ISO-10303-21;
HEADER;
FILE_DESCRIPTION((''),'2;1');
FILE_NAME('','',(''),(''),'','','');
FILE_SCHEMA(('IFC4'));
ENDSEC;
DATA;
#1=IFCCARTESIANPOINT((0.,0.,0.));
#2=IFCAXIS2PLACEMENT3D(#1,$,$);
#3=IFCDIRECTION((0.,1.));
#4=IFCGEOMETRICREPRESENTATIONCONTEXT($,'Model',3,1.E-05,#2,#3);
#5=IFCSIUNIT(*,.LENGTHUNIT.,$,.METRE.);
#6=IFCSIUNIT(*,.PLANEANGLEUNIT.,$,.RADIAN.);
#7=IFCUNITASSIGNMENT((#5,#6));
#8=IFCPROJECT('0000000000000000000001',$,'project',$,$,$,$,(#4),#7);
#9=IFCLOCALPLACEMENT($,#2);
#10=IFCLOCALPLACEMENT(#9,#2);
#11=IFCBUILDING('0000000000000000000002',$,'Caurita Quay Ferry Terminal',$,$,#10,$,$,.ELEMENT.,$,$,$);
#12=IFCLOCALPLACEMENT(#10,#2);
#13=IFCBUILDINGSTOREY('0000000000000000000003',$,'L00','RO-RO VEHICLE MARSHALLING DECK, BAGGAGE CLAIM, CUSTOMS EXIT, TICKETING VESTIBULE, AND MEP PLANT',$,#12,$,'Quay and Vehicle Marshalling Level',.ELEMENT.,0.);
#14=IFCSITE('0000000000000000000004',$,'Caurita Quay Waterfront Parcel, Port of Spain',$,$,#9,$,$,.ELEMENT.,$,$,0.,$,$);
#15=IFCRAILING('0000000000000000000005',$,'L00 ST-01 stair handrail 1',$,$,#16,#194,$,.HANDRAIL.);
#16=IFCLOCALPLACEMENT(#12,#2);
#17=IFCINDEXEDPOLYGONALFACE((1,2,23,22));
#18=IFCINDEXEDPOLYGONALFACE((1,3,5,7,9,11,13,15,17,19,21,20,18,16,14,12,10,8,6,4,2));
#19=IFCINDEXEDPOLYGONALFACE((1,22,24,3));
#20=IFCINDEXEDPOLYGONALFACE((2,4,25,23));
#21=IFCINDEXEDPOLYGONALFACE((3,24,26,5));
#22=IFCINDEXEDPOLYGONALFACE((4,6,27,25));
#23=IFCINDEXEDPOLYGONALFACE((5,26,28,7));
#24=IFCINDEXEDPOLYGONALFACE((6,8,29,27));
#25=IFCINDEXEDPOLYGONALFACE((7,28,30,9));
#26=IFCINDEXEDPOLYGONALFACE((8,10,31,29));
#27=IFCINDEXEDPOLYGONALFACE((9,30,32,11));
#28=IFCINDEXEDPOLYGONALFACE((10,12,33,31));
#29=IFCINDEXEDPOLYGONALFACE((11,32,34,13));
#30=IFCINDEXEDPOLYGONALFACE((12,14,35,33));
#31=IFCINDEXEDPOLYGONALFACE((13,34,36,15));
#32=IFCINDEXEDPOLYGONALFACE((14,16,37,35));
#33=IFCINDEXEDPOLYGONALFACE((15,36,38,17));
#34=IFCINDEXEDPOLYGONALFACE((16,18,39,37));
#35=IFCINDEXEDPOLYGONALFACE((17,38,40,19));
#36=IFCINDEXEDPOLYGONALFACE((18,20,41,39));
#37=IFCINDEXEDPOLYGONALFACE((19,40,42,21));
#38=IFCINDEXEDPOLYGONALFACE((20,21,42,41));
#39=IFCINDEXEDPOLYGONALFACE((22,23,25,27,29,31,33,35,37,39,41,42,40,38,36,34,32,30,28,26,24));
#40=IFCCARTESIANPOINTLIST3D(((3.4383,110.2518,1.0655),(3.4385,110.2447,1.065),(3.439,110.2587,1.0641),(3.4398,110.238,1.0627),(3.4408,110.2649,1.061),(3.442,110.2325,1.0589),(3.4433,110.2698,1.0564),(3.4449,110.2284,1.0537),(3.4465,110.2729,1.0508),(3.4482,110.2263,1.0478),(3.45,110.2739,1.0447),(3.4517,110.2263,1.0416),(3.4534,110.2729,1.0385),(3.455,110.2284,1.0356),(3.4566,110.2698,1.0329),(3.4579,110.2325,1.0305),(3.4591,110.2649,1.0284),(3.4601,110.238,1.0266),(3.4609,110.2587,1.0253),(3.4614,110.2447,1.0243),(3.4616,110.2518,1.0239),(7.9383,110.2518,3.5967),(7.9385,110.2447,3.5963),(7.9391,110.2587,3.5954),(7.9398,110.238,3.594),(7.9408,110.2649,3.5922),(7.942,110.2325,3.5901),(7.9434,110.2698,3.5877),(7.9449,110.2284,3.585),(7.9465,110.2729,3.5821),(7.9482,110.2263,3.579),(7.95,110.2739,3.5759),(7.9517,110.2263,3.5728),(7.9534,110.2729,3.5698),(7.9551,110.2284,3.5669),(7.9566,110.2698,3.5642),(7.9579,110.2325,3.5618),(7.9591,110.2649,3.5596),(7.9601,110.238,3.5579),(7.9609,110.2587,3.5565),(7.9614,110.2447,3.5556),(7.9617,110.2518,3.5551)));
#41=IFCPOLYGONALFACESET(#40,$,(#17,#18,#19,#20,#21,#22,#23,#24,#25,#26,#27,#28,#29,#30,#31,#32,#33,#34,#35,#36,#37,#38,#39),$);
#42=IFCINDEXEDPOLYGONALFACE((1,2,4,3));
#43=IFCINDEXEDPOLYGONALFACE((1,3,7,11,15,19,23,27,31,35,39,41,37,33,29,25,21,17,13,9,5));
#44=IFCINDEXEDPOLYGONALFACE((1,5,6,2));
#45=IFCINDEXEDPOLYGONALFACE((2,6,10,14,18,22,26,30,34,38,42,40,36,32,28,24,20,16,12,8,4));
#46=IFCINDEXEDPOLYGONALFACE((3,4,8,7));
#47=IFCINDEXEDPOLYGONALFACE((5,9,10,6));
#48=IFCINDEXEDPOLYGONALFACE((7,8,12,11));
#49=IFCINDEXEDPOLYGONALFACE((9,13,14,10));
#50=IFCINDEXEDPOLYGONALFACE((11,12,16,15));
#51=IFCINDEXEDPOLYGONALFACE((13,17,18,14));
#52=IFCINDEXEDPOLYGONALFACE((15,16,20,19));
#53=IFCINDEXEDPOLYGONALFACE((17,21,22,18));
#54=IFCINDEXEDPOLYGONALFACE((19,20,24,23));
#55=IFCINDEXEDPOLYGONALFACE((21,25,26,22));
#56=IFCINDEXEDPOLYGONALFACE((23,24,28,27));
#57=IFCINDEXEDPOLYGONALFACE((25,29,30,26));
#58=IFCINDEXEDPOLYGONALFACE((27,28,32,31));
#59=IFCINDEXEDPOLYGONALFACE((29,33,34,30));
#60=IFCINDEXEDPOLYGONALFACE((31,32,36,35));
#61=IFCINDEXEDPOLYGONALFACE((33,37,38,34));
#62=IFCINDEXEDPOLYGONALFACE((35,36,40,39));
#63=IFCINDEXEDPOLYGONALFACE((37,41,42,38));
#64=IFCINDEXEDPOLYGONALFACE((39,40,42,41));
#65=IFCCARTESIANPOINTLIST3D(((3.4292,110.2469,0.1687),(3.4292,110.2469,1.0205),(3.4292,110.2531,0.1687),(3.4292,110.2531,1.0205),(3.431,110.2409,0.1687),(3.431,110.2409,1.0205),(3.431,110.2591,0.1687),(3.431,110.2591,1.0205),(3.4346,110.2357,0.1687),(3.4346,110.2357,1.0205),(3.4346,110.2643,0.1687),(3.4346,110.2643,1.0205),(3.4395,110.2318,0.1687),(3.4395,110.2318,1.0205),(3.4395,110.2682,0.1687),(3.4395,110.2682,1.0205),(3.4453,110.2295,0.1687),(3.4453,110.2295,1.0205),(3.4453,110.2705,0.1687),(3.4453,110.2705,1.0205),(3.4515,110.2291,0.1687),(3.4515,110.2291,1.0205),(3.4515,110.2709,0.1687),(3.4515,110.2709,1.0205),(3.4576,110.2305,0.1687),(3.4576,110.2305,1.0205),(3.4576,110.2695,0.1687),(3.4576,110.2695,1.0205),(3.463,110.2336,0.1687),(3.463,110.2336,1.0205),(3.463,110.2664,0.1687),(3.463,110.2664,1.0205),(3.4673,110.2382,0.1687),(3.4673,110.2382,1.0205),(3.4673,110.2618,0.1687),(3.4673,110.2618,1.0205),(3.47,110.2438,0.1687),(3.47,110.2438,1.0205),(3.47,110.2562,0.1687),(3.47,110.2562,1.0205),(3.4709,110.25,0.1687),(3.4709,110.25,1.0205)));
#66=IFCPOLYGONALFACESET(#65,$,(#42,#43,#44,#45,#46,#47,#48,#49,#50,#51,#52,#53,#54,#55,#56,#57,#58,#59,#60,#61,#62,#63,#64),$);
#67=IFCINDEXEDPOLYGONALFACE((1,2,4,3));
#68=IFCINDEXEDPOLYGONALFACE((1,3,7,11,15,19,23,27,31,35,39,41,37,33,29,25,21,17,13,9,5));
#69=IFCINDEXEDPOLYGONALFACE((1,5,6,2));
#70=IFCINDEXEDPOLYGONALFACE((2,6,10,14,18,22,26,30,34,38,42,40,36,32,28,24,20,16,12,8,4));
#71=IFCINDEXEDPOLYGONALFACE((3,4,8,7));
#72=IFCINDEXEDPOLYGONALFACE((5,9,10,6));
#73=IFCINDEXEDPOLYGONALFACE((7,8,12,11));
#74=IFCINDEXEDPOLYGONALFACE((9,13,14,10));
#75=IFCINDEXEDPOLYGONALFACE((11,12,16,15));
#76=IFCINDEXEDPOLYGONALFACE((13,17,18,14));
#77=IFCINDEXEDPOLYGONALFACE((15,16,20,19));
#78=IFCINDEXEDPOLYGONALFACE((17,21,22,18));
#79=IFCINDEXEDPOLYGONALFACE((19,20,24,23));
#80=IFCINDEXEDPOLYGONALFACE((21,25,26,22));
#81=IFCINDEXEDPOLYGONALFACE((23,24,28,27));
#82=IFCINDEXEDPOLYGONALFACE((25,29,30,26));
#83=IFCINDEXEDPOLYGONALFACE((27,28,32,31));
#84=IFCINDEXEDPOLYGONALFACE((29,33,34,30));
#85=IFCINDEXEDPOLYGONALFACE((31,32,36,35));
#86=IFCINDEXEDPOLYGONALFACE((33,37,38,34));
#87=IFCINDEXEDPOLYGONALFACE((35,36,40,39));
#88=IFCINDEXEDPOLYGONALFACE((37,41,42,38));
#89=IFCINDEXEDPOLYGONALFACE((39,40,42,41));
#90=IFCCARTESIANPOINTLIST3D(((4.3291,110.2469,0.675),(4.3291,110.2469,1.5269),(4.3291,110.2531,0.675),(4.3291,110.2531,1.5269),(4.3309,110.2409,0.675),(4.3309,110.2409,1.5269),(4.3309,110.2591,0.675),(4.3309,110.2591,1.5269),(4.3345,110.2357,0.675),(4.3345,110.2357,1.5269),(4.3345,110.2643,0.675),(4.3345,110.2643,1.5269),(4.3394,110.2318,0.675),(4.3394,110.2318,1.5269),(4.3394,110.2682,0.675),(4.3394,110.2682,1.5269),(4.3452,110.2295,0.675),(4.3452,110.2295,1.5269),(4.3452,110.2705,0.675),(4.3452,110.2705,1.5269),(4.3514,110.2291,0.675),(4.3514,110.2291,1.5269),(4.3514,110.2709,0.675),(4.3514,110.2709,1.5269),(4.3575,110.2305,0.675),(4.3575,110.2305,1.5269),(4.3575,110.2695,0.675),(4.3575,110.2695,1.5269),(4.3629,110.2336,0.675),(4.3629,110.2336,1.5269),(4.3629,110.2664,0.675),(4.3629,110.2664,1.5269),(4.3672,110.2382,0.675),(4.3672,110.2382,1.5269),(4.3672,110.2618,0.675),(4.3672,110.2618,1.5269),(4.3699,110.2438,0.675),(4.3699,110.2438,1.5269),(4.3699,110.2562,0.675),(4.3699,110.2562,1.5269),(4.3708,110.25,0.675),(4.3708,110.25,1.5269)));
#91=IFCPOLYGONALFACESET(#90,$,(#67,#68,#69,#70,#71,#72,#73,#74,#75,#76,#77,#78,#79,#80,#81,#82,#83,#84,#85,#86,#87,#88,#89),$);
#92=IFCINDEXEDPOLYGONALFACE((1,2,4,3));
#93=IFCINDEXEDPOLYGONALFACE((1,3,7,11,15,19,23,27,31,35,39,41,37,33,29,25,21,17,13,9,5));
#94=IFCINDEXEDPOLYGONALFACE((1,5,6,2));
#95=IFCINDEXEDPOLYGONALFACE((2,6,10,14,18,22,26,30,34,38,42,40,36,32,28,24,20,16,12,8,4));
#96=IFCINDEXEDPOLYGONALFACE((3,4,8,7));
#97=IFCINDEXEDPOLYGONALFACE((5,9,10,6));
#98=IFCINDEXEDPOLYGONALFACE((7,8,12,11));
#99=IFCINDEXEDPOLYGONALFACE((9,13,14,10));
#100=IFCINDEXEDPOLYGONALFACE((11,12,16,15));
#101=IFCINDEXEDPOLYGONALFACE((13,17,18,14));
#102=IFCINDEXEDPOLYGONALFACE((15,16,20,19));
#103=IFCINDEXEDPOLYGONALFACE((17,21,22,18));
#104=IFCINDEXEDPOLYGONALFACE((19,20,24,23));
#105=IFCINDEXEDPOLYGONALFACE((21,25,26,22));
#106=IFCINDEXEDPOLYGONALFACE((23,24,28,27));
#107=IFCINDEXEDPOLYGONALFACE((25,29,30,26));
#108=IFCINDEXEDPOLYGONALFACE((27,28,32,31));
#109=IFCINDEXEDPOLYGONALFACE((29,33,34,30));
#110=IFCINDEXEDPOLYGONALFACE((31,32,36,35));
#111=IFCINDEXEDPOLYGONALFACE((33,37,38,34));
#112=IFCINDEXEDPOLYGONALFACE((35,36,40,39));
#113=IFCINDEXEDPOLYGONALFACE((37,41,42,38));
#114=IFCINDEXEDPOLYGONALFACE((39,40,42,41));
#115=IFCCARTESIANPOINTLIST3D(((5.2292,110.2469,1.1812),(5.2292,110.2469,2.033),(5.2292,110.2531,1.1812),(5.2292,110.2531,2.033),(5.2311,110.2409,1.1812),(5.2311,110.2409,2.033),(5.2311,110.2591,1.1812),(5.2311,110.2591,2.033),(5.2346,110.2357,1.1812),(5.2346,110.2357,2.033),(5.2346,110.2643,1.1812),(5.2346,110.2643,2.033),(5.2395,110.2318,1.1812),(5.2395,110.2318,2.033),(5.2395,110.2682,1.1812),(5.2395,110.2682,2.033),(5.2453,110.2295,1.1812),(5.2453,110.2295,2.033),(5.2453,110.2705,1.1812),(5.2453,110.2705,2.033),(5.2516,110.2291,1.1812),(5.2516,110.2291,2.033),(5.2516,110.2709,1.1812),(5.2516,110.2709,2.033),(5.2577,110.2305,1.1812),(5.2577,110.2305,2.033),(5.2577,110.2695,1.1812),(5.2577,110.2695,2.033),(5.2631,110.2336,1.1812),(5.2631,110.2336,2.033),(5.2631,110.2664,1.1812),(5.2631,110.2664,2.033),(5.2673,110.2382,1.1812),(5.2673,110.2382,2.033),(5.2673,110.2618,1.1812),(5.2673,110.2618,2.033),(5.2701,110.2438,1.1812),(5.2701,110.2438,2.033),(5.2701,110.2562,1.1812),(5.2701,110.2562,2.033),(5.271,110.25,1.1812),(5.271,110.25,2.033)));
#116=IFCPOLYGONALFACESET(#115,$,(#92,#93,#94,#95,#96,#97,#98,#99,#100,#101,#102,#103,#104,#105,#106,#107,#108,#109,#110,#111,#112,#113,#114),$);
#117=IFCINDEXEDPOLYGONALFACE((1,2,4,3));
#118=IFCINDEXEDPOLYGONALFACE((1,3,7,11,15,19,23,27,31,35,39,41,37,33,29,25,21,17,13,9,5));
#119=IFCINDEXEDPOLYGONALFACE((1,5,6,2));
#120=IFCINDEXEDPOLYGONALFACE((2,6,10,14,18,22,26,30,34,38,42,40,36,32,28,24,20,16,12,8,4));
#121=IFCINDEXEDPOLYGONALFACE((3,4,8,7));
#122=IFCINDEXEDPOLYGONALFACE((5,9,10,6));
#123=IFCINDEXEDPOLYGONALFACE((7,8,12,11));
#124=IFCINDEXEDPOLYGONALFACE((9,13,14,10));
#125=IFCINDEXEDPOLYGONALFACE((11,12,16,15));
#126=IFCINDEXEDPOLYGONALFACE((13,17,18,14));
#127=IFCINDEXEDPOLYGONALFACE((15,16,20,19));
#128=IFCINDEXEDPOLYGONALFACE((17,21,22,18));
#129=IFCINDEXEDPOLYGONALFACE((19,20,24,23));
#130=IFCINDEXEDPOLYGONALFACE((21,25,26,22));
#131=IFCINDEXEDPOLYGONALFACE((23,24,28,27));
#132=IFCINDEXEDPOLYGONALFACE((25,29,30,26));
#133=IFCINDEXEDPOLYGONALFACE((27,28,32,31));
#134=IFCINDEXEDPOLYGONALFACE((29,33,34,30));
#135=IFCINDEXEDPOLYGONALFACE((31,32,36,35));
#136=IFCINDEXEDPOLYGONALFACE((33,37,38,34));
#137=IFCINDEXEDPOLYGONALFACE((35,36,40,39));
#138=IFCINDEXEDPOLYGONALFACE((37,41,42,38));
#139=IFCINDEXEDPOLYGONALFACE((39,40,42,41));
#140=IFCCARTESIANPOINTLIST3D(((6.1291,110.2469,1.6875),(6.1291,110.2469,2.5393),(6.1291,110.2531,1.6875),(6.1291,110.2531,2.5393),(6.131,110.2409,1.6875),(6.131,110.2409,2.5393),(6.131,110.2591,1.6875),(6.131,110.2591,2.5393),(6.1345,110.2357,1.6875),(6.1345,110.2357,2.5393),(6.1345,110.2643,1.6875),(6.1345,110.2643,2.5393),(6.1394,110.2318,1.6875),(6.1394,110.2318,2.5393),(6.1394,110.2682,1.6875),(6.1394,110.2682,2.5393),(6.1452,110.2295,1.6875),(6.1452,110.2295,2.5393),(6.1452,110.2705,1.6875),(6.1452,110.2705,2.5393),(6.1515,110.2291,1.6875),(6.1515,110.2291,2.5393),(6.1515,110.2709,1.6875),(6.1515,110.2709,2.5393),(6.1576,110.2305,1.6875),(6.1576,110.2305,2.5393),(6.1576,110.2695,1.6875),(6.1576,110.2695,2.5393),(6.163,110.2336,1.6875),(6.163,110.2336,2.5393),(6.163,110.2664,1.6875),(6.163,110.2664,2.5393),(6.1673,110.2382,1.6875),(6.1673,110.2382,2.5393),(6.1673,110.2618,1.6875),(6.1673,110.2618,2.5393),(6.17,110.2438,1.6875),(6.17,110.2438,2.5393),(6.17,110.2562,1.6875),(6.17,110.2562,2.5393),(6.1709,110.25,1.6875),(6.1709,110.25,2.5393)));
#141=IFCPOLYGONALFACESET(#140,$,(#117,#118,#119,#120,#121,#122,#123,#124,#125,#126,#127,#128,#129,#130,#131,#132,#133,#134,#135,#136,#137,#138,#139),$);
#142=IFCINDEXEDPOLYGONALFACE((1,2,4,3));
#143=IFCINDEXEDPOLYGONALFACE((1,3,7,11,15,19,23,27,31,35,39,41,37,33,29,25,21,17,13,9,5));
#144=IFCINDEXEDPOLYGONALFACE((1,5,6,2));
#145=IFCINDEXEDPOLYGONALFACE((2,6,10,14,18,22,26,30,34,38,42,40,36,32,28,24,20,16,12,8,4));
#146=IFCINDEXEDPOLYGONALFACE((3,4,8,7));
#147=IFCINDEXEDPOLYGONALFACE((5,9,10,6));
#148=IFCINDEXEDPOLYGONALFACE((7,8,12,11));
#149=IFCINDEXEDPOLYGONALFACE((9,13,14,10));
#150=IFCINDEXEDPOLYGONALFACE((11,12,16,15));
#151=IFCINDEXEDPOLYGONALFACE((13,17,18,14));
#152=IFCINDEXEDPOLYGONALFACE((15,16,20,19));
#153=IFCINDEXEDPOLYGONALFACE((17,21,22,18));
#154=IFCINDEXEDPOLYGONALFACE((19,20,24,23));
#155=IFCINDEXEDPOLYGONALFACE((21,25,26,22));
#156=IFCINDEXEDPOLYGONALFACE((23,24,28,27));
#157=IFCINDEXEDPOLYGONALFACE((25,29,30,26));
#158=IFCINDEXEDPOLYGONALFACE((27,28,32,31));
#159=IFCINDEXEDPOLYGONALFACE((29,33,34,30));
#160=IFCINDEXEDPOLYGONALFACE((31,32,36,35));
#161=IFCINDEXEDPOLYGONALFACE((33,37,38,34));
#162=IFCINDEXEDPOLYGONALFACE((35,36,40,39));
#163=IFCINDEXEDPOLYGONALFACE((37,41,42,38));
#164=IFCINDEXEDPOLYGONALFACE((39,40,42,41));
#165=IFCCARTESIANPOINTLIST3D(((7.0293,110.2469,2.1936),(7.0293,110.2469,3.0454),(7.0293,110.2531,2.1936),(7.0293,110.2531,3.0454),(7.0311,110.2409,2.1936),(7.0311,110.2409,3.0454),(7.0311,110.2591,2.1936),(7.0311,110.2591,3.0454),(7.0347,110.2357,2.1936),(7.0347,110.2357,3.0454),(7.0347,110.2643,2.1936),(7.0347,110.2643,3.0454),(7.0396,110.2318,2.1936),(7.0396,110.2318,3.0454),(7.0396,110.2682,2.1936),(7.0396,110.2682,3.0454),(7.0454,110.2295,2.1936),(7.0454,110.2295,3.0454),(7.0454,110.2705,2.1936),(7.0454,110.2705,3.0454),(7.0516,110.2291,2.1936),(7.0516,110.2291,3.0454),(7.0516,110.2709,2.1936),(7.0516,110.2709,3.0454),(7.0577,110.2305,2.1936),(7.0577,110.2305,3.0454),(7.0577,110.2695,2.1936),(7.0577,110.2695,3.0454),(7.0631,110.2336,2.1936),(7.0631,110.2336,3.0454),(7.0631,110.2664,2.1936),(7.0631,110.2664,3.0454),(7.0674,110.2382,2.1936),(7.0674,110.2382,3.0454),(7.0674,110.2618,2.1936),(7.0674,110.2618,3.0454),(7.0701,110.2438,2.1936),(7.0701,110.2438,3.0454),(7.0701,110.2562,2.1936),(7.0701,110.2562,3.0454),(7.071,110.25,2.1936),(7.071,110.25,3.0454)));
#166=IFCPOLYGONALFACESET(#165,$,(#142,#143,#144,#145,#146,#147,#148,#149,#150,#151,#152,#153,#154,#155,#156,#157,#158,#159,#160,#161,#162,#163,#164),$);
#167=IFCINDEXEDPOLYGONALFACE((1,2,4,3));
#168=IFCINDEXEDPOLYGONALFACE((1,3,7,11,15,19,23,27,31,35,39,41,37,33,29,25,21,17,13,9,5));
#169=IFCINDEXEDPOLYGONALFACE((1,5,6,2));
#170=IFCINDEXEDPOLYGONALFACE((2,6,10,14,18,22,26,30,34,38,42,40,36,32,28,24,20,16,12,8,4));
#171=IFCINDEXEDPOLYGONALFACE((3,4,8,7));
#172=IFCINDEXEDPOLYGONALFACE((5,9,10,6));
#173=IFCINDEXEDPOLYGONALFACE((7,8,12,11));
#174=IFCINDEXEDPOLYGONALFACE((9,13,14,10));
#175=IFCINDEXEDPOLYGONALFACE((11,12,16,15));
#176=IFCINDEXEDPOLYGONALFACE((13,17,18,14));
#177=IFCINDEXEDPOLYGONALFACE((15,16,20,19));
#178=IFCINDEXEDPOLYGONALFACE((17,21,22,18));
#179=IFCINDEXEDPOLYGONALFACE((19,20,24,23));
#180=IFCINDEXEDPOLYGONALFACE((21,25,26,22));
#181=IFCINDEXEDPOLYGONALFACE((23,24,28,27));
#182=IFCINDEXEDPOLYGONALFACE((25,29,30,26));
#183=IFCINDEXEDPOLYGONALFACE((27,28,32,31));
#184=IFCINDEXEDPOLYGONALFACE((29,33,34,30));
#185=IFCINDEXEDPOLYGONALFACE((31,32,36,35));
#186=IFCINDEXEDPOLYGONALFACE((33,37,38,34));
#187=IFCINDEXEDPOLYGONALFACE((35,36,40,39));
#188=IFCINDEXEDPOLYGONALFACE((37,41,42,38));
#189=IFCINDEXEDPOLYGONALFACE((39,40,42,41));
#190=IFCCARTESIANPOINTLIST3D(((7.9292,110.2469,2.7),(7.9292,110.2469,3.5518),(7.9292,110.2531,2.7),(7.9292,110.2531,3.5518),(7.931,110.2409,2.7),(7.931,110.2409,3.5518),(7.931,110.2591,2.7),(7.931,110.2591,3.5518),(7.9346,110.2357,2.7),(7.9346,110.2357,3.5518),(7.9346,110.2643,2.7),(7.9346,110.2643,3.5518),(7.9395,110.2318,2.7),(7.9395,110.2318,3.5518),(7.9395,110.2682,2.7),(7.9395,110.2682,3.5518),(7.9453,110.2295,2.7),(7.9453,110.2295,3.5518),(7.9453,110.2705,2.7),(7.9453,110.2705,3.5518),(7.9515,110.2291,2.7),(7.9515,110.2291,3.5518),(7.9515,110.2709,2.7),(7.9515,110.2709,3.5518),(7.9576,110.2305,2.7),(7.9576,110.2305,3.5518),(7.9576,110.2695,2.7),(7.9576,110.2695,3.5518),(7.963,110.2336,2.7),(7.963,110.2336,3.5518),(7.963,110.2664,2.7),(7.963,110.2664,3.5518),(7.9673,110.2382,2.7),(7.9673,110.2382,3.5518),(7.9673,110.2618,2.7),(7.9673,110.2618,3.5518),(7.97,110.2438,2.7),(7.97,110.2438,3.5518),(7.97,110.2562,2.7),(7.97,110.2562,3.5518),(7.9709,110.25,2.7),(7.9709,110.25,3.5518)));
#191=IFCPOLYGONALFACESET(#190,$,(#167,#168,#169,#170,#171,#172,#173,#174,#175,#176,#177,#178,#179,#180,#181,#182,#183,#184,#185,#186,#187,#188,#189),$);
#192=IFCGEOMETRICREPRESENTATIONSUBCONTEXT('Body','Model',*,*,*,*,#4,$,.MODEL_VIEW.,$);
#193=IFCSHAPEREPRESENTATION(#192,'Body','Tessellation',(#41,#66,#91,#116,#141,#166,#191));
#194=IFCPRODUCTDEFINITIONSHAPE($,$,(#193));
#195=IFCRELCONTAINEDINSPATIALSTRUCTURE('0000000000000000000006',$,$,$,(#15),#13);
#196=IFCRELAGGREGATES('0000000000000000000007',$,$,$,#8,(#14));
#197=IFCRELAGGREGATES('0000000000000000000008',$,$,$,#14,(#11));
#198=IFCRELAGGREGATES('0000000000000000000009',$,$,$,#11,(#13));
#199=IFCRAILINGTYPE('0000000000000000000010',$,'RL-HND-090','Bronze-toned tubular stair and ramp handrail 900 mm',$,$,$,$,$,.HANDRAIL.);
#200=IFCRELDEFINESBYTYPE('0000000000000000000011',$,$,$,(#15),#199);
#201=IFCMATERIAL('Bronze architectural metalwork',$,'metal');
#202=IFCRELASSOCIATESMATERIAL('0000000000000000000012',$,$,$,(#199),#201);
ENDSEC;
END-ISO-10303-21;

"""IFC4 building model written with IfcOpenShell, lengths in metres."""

from ifc_helpers import new_model, si_unit, direction, frame, origin, origin_2d, place, context, subcontext, project, spatial, circle, extrude, material, type_object, element, save


model = new_model("IFC4")

# Units and contexts
model_context = context("Model", 3, precision=1e-05, world=origin(), true_north=direction((0.0, 1.0)))
body_context = subcontext(model_context, "Body", "Model", "MODEL_VIEW")
ifc_project = project(units=[si_unit("LENGTHUNIT", "METRE"), si_unit("PLANEANGLEUNIT", "RADIAN")], contexts=[model_context])

# Site, building, storey
site_placement = place(None, origin())
site = spatial("IfcSite", under=ifc_project, at=site_placement, Name="Caurita Quay Waterfront Parcel, Port of Spain", CompositionType="ELEMENT", RefElevation=0.0)
building_placement = place(site_placement, origin())
building = spatial("IfcBuilding", under=site, at=building_placement, Name="Caurita Quay Ferry Terminal", CompositionType="ELEMENT")
storey_placement = place(building_placement, origin())
storey = spatial("IfcBuildingStorey", under=building, at=storey_placement, Name="L00", Description="RO-RO VEHICLE MARSHALLING DECK, BAGGAGE CLAIM, CUSTOMS EXIT, TICKETING VESTIBULE, AND MEP PLANT", LongName="Quay and Vehicle Marshalling Level", CompositionType="ELEMENT", Elevation=0.0)

# Railing
ifc_material_1 = material(Name="Bronze architectural metalwork", Category="metal")
railing_type_1 = type_object("IfcRailingType", Name="RL-HND-090", Description="Bronze-toned tubular stair and ramp handrail 900 mm", PredefinedType="HANDRAIL", material=ifc_material_1)
railing_1_placement = place(storey_placement, frame((3.45, 110.25, 0.1687)))
element("IfcRailing", 1, at=railing_1_placement, inside=storey, type_object=railing_type_1, Name="L00 ST-01 stair handrail 1", PredefinedType="HANDRAIL", context=body_context, shape_type="SweptSolid", body=[
    extrude(circle(Radius=0.0239, at=origin_2d()), frame((0.0, 0.0, 0.876), z_axis=(0.871576, 0.0, 0.490261), x_axis=(0.0, 1.0, 0.0)), (0.0, 0.0, 1.0), 5.1631),
    extrude(circle(Radius=0.021, at=origin_2d()), origin(), (0.0, 0.0, 1.0), 0.8518),
    extrude(circle(Radius=0.021, at=origin_2d()), frame((0.8999, 0.0, 0.5063)), (0.0, 0.0, 1.0), 0.8518),
    extrude(circle(Radius=0.021, at=origin_2d()), frame((1.8, 0.0, 1.0125)), (0.0, 0.0, 1.0), 0.8518),
    extrude(circle(Radius=0.021, at=origin_2d()), frame((2.7, 0.0, 1.5188)), (0.0, 0.0, 1.0), 0.8518),
    extrude(circle(Radius=0.021, at=origin_2d()), frame((3.6001, 0.0, 2.0249)), (0.0, 0.0, 1.0), 0.8518),
    extrude(circle(Radius=0.021, at=origin_2d()), frame((4.5, 0.0, 2.5312)), (0.0, 0.0, 1.0), 0.8518),
])

save(model, "model.ifc")
